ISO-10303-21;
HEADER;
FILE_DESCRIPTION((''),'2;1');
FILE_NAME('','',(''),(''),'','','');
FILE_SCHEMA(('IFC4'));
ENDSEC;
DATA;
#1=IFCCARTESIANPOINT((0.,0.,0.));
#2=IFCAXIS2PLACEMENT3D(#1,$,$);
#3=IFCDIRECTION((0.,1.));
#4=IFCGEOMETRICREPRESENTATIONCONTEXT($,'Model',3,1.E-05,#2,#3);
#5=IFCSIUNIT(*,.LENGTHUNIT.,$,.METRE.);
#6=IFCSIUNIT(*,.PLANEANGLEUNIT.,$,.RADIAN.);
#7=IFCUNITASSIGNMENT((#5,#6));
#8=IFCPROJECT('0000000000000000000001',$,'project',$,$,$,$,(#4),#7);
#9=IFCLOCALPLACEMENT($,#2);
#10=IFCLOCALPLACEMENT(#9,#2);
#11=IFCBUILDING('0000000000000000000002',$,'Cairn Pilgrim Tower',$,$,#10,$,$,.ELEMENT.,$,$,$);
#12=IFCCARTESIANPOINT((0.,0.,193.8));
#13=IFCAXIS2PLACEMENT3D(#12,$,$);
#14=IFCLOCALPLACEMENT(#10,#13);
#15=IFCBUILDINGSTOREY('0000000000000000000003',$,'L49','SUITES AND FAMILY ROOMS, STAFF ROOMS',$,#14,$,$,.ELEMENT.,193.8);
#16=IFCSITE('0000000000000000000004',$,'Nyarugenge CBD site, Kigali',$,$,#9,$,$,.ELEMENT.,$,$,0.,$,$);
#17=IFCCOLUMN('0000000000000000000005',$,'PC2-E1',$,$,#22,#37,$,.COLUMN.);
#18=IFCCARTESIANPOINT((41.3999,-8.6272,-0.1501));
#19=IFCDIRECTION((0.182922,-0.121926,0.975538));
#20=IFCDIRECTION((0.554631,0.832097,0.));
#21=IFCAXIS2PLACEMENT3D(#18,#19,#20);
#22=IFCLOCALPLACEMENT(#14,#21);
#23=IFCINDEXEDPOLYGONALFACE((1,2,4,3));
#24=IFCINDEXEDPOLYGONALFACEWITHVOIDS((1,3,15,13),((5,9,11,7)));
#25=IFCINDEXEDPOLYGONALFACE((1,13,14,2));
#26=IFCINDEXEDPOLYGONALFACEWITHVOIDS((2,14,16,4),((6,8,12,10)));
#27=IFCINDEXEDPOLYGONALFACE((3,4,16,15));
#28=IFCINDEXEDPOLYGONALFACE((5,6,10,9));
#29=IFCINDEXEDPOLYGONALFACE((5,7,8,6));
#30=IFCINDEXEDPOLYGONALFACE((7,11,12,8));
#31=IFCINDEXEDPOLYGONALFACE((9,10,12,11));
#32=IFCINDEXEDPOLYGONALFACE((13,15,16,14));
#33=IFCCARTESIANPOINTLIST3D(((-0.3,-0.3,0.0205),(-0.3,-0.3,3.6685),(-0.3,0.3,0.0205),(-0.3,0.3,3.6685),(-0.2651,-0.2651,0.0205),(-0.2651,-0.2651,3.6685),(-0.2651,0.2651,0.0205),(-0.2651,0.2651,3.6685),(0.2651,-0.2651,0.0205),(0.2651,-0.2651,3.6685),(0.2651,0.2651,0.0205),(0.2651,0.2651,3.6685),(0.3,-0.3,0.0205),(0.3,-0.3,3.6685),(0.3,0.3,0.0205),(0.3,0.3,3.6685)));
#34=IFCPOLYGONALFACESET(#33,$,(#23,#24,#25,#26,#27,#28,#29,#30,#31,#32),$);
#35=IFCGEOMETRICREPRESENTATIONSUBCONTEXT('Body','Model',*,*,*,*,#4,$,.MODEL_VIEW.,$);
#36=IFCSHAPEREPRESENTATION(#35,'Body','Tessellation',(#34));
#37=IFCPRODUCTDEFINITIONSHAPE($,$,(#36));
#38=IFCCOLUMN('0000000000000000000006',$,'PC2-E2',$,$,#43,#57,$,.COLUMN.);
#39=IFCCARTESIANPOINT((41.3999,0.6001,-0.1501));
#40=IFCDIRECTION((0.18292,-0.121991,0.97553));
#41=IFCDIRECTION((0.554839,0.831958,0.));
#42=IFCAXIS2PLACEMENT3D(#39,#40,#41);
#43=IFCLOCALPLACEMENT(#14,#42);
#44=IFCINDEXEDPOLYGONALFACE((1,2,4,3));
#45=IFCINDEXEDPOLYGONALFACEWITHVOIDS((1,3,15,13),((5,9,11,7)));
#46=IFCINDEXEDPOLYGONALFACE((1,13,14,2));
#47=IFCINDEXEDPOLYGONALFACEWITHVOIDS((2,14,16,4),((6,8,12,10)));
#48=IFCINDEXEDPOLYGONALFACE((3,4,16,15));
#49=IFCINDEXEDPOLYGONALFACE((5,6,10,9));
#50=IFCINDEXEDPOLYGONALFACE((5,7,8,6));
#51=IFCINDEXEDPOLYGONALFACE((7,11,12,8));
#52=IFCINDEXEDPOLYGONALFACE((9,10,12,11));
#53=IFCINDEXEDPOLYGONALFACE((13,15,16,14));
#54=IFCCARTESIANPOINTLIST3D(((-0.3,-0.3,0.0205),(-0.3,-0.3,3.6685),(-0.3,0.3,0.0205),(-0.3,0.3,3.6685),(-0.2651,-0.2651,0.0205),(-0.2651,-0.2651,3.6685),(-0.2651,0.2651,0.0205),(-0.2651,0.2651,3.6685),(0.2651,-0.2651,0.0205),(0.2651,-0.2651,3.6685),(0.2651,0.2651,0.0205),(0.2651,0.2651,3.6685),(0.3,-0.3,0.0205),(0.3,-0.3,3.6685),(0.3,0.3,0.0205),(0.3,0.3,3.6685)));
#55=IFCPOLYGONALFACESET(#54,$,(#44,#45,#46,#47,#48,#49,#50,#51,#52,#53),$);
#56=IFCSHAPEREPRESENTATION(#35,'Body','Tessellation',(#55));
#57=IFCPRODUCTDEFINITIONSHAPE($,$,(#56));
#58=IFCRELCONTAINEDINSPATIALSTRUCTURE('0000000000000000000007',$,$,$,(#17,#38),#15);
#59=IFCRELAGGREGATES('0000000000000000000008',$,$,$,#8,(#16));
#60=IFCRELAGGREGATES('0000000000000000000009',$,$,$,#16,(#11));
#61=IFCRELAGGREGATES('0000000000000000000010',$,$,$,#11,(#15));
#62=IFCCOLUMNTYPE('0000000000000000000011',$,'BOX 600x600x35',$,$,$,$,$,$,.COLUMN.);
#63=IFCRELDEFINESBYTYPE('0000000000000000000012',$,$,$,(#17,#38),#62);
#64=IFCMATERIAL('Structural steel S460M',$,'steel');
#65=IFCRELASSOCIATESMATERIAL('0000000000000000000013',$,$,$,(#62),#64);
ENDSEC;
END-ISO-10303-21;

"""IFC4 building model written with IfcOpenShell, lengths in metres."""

from ifc_helpers import new_model, si_unit, direction, frame, origin, origin_2d, place, context, subcontext, project, spatial, hollow_rectangle, extrude, clip, halfspace, material, material_profile, profile_set, type_object, element, save


model = new_model("IFC4")

# Units and contexts
model_context = context("Model", 3, precision=1e-05, world=origin(), true_north=direction((0.0, 1.0)))
body_context = subcontext(model_context, "Body", "Model", "MODEL_VIEW")
ifc_project = project(units=[si_unit("LENGTHUNIT", "METRE"), si_unit("PLANEANGLEUNIT", "RADIAN")], contexts=[model_context])

# Site, building, storey
site_placement = place(None, origin())
site = spatial("IfcSite", under=ifc_project, at=site_placement, Name="Nyarugenge CBD site, Kigali", CompositionType="ELEMENT", RefElevation=0.0)
building_placement = place(site_placement, origin())
building = spatial("IfcBuilding", under=site, at=building_placement, Name="Cairn Pilgrim Tower", CompositionType="ELEMENT")
storey_placement = place(building_placement, frame((0.0, 0.0, 193.8)))
storey = spatial("IfcBuildingStorey", under=building, at=storey_placement, Name="L49", Description="SUITES AND FAMILY ROOMS, STAFF ROOMS", CompositionType="ELEMENT", Elevation=193.8)

# Columns
ifc_material_1 = material(Name="Structural steel S460M", Category="steel")
ifc_material_profile_1 = material_profile(ifc_material_1, hollow_rectangle(XDim=0.6001, YDim=0.6001, WallThickness=0.0349, at=origin_2d()), Name="BOX 600x600x35")
ifc_profile_set_1 = profile_set([ifc_material_profile_1], Name="Structural steel S460M")
column_type_1 = type_object("IfcColumnType", Name="BOX 600x600x35", PredefinedType="COLUMN", material=ifc_profile_set_1)
for number, where, z_axis, x_axis, name in (
    (1, (41.3999, -8.6272, -0.1501), (0.182922, -0.121926, 0.975538), (0.554631, 0.832097, 0.0), "PC2-E1"),
    (2, (41.3999, 0.6001, -0.1501), (0.18292, -0.121991, 0.97553), (0.554839, 0.831958, 0.0), "PC2-E2"),
):
    element("IfcColumn", number, at=place(storey_placement, frame(where, z_axis=z_axis, x_axis=x_axis)), inside=storey, type_object=column_type_1, Name=name, PredefinedType="COLUMN", context=body_context, shape_type="Clipping", body=[
        clip(clip(extrude(hollow_rectangle(XDim=0.6001, YDim=0.6001, WallThickness=0.0349, at=origin_2d()), origin(), (0.0, 0.0, 1.0), 3.6904), halfspace(frame((0.0, 0.0, 0.0205), z_axis=(0.0, 0.0, 1.0), x_axis=(1.0, 0.0, 0.0)), True)), halfspace(frame((0.0, 0.0, 3.6685), z_axis=(0.0, 0.0, 1.0), x_axis=(1.0, 0.0, 0.0)), False)),
    ])

save(model, "model.ifc")
